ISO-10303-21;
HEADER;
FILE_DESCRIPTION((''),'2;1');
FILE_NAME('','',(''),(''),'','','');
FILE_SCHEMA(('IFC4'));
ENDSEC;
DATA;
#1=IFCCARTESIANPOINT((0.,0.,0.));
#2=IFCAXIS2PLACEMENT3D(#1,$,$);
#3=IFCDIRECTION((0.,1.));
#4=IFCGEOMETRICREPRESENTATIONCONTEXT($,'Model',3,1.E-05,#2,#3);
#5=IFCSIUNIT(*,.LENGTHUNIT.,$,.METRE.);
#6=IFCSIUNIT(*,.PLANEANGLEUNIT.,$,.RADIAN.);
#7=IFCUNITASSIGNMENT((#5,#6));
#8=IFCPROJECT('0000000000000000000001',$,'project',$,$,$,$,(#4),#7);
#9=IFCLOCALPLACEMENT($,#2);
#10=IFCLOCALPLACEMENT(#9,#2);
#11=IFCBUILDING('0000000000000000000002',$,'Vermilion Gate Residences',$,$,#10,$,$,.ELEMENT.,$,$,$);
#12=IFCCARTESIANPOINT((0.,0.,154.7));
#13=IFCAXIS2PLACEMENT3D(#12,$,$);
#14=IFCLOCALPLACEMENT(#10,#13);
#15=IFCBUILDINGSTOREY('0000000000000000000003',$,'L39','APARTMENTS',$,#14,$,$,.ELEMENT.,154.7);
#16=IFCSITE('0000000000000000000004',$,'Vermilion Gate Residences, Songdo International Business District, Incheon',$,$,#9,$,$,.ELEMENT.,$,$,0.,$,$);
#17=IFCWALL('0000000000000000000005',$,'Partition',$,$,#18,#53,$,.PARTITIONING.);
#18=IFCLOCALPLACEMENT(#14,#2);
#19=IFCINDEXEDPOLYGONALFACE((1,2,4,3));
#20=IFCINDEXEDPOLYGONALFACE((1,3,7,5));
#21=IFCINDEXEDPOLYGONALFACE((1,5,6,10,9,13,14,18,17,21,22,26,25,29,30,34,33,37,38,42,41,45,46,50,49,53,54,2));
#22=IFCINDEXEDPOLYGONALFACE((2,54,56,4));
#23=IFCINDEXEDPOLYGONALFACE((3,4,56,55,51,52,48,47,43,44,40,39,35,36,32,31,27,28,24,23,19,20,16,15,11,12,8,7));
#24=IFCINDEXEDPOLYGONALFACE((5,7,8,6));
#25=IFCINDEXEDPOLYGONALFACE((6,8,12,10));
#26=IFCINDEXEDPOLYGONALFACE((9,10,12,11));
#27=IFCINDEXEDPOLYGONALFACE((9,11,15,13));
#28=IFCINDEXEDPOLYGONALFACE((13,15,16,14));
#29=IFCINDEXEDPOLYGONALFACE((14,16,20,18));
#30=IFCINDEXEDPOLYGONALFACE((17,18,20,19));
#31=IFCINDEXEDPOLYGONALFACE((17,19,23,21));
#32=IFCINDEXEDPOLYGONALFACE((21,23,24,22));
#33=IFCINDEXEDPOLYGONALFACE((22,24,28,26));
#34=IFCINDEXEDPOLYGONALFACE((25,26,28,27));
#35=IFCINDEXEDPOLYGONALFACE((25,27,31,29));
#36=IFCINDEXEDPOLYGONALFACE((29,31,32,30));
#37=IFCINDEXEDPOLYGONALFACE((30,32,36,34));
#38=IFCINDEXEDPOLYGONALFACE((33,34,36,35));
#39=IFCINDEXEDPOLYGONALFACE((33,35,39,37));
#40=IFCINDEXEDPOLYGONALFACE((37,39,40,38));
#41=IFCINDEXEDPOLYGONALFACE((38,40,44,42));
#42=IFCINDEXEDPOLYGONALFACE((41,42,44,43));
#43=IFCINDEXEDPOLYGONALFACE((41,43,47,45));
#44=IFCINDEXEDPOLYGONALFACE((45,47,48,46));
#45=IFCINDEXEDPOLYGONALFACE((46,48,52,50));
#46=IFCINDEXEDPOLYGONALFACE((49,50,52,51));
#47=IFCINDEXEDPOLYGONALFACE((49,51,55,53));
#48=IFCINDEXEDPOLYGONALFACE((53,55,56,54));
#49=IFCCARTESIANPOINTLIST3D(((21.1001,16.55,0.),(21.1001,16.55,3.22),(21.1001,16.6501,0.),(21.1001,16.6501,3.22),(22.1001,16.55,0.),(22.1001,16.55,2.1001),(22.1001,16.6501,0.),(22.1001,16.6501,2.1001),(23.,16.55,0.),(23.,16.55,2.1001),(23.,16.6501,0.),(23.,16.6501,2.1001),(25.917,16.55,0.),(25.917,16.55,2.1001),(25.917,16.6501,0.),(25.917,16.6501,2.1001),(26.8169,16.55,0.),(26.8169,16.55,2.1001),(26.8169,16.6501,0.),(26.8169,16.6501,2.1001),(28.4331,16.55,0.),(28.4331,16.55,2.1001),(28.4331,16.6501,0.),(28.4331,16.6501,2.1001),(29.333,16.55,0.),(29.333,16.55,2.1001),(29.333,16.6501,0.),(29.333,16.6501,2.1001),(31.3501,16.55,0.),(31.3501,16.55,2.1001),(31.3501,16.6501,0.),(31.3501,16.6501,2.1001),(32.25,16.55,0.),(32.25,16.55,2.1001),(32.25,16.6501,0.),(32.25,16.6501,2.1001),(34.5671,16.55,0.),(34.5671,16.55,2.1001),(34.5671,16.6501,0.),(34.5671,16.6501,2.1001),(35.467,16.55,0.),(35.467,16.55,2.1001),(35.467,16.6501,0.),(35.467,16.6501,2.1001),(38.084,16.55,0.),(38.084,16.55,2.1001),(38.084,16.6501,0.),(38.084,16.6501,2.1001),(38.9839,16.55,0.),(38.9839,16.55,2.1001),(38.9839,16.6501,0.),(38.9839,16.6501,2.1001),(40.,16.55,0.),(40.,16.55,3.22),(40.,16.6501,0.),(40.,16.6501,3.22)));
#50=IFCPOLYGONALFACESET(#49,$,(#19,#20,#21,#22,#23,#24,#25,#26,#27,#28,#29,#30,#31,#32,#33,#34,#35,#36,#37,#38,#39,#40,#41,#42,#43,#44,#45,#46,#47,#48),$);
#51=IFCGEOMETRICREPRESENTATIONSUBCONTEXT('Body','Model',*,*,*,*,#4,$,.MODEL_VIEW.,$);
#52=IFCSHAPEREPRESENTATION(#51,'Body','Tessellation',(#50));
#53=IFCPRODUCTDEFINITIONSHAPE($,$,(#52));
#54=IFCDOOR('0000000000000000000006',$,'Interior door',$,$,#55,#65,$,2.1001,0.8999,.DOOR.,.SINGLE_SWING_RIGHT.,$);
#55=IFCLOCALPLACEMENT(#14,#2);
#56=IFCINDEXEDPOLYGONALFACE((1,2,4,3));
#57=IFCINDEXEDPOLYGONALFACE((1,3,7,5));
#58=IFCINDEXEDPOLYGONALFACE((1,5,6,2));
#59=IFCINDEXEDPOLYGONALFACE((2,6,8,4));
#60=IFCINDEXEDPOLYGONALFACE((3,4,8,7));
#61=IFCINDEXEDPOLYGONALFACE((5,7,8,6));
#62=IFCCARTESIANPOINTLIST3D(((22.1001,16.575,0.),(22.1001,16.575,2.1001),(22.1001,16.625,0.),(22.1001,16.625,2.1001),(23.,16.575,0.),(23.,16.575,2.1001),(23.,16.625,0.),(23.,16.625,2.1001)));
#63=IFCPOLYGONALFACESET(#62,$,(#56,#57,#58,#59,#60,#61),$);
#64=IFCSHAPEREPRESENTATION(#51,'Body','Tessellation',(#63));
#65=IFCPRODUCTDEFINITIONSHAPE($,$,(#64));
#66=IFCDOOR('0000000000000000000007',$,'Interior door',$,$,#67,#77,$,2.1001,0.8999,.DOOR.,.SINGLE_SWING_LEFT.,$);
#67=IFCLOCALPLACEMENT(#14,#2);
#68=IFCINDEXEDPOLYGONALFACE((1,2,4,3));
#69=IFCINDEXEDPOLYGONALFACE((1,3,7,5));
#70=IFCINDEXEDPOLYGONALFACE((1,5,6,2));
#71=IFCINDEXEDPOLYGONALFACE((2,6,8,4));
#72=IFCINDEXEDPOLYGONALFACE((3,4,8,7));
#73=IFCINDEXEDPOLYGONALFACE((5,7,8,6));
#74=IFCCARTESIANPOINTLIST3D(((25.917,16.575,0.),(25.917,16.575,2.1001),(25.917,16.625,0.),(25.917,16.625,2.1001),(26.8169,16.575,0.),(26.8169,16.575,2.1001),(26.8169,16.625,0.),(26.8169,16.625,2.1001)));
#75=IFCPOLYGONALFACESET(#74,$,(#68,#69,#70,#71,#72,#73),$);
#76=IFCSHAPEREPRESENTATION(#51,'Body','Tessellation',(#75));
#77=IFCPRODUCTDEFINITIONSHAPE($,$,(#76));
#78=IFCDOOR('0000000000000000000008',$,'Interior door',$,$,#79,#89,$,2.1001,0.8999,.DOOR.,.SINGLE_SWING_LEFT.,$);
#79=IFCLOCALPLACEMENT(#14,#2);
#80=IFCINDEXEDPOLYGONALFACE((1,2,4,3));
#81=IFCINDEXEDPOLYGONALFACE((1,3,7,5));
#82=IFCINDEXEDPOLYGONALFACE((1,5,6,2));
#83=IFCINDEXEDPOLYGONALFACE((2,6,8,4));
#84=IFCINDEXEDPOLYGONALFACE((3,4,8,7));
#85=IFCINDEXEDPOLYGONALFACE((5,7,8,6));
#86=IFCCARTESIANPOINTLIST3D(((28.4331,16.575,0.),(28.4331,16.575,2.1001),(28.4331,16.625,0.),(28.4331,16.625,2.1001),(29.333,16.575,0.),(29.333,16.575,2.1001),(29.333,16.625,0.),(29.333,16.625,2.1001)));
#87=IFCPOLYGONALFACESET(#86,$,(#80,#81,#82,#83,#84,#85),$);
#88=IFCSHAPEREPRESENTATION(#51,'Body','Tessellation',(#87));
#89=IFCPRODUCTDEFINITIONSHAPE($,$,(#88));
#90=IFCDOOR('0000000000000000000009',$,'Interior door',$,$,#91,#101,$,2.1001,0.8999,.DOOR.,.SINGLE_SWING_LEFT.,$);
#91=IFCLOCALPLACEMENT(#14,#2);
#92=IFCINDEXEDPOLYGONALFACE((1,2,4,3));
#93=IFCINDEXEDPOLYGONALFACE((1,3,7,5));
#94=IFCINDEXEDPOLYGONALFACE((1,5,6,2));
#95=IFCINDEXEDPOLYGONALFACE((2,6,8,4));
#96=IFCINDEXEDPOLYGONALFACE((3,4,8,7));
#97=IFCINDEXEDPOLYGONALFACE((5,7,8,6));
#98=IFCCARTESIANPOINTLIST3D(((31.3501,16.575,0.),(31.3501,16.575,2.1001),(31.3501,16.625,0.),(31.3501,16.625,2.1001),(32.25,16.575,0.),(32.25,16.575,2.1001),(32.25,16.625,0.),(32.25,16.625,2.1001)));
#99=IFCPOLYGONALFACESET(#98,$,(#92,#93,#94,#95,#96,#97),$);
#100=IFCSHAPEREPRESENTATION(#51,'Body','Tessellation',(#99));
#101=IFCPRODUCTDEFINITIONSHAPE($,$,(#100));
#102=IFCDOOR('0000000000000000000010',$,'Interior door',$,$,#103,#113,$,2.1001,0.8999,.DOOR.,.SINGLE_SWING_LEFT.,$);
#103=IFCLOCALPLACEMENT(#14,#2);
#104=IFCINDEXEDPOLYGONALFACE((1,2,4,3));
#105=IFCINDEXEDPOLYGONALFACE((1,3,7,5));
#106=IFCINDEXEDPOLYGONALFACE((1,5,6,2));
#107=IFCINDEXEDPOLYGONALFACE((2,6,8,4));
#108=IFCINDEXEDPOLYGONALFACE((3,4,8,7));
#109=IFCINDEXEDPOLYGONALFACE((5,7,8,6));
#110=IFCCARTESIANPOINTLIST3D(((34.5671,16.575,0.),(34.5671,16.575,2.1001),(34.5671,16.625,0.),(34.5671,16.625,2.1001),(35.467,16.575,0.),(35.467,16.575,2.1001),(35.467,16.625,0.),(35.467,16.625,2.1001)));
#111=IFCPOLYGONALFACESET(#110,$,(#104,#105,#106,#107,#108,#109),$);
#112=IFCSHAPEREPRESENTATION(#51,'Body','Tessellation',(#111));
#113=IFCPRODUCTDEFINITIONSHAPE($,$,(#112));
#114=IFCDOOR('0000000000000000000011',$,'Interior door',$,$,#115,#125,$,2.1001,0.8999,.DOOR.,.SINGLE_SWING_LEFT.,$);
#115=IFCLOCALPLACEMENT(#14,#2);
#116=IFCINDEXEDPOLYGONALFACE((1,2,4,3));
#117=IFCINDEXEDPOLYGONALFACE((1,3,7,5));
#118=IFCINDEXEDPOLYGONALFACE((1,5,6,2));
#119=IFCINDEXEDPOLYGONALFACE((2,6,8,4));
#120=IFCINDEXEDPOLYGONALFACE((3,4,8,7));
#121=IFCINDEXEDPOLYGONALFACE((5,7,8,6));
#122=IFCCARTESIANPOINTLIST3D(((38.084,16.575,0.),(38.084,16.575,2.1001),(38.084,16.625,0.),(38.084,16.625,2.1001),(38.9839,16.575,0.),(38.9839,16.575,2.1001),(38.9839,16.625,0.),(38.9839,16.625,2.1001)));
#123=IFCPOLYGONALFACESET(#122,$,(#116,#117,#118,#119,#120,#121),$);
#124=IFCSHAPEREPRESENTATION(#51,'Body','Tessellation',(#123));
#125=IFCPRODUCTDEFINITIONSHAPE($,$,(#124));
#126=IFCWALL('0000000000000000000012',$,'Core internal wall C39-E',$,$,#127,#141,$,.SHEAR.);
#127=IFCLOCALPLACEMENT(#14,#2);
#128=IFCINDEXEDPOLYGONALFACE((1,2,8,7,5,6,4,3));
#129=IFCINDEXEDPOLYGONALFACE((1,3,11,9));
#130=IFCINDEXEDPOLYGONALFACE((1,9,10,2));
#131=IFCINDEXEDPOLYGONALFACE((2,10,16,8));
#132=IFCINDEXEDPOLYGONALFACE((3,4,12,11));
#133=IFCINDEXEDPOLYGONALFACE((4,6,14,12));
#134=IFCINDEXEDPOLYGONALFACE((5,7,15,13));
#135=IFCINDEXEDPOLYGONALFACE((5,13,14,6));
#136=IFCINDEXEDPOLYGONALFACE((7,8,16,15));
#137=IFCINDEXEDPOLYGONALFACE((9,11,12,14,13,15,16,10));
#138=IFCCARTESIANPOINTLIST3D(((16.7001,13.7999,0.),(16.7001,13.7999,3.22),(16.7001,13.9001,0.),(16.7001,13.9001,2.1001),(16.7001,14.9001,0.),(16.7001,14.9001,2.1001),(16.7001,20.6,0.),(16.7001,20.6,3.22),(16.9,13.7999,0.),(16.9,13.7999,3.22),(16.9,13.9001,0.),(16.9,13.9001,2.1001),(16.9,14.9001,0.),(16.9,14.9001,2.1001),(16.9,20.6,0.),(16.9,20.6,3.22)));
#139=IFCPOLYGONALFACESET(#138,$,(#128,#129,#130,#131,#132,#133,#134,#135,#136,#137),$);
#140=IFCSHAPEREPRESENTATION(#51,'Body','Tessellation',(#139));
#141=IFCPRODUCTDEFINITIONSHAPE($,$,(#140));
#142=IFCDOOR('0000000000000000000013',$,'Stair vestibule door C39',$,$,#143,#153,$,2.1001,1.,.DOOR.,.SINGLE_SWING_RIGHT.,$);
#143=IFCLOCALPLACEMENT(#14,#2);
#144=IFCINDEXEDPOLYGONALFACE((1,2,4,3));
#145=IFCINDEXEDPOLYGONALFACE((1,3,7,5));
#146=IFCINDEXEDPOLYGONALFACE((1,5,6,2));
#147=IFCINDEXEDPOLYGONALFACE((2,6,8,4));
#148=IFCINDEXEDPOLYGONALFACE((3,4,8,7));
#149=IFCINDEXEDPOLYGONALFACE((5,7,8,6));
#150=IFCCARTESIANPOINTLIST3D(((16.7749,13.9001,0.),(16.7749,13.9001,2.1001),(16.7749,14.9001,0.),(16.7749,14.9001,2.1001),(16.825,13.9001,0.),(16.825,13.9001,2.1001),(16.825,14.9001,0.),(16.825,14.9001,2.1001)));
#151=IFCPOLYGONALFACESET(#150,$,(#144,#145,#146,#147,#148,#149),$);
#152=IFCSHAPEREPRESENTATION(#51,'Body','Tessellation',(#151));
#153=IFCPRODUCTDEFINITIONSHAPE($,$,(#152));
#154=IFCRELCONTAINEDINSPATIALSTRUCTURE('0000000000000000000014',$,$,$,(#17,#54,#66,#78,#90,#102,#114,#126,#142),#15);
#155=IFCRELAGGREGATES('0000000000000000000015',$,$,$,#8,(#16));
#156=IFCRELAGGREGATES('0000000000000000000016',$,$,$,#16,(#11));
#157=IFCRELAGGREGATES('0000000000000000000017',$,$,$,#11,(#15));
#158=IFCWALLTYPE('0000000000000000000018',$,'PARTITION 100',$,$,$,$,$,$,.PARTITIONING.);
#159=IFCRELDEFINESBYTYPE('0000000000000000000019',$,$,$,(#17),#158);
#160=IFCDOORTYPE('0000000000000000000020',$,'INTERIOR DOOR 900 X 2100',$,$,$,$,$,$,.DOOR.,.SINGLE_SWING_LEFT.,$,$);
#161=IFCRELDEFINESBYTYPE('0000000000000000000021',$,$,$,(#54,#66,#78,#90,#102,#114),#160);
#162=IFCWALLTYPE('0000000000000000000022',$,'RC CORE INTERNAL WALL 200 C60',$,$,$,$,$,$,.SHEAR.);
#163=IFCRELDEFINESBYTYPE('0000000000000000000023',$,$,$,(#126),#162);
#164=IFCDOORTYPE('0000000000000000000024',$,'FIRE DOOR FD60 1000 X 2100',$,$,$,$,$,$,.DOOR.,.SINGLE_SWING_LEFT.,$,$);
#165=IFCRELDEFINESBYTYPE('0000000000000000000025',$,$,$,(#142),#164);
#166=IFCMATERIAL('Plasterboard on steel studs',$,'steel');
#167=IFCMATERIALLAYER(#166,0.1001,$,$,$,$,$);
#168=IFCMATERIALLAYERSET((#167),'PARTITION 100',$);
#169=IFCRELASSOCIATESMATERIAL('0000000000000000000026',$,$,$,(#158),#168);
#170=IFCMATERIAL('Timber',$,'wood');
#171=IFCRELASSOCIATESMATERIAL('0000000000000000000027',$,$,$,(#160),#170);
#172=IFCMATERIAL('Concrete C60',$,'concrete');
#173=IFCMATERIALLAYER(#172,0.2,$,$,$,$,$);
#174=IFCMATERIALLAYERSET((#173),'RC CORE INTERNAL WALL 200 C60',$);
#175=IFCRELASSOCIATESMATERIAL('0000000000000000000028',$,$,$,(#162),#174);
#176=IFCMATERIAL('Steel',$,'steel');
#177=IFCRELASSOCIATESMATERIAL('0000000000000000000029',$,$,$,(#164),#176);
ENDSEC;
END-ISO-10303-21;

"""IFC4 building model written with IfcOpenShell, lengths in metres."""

from ifc_helpers import new_model, si_unit, direction, frame, frame_2d, origin, place, context, subcontext, project, spatial, rectangle, extrude, material, layer, layer_set, type_object, element, fill, save


model = new_model("IFC4")

# Units and contexts
model_context = context("Model", 3, precision=1e-05, world=origin(), true_north=direction((0.0, 1.0)))
body_context = subcontext(model_context, "Body", "Model", "MODEL_VIEW")
ifc_project = project(units=[si_unit("LENGTHUNIT", "METRE"), si_unit("PLANEANGLEUNIT", "RADIAN")], contexts=[model_context])

# Site, building, storey
site_placement = place(None, origin())
site = spatial("IfcSite", under=ifc_project, at=site_placement, Name="Vermilion Gate Residences, Songdo International Business District, Incheon", CompositionType="ELEMENT", RefElevation=0.0)
building_placement = place(site_placement, origin())
building = spatial("IfcBuilding", under=site, at=building_placement, Name="Vermilion Gate Residences", CompositionType="ELEMENT")
storey_placement = place(building_placement, frame((0.0, 0.0, 154.7)))
storey = spatial("IfcBuildingStorey", under=building, at=storey_placement, Name="L39", Description="APARTMENTS", CompositionType="ELEMENT", Elevation=154.7)

# Wall, openings, doors
ifc_material_1 = material(Name="Plasterboard on steel studs", Category="steel")
ifc_layer_1 = layer(ifc_material_1, 0.1001)
ifc_layer_set_1 = layer_set([ifc_layer_1], Name="PARTITION 100")
wall_type_1 = type_object("IfcWallType", Name="PARTITION 100", PredefinedType="PARTITIONING", material=ifc_layer_set_1)
ifc_material_2 = material(Name="Timber", Category="wood")
door_type_1 = type_object("IfcDoorType", Name="INTERIOR DOOR 900 X 2100", OperationType="SINGLE_SWING_LEFT", PredefinedType="DOOR", material=ifc_material_2)
wall_1_placement = place(storey_placement, frame((21.1001, 16.6001, 0.0), z_axis=(0.0, 0.0, 1.0), x_axis=(1.0, 0.0, 0.0)))
wall_1 = element("IfcWall", 1, at=wall_1_placement, inside=storey, type_object=wall_type_1, Name="Partition", PredefinedType="PARTITIONING", context=body_context, shape_type="SweptSolid", body=[
    extrude(rectangle(XDim=18.8999, YDim=0.1001, at=frame_2d((9.45, 0.0))), origin(), (0.0, 0.0, 1.0), 3.22),
])
opening_1_placement = place(wall_1_placement, frame((1.0, 0.0, 0.0)))
opening_1 = element("IfcOpeningElement", 2, at=opening_1_placement, cuts=wall_1, PredefinedType="OPENING", context=body_context, shape_type="SweptSolid", body=[
    extrude(rectangle(XDim=0.8999, YDim=2.1001, at=frame_2d((0.45, 1.05))), frame((0.0, 0.0601, 0.0), z_axis=(0.0, -1.0, 0.0), x_axis=(1.0, 0.0, 0.0)), (0.0, 0.0, 1.0), 0.1201),
])
opening_2_placement = place(wall_1_placement, frame((4.8169, 0.0, 0.0)))
opening_2 = element("IfcOpeningElement", 3, at=opening_2_placement, cuts=wall_1, PredefinedType="OPENING", context=body_context, shape_type="SweptSolid", body=[
    extrude(rectangle(XDim=0.8999, YDim=2.1001, at=frame_2d((0.45, 1.05))), frame((0.0, 0.0601, 0.0), z_axis=(0.0, -1.0, 0.0), x_axis=(1.0, 0.0, 0.0)), (0.0, 0.0, 1.0), 0.1201),
])
opening_3_placement = place(wall_1_placement, frame((7.333, 0.0, 0.0)))
opening_3 = element("IfcOpeningElement", 4, at=opening_3_placement, cuts=wall_1, PredefinedType="OPENING", context=body_context, shape_type="SweptSolid", body=[
    extrude(rectangle(XDim=0.8999, YDim=2.1001, at=frame_2d((0.45, 1.05))), frame((0.0, 0.0601, 0.0), z_axis=(0.0, -1.0, 0.0), x_axis=(1.0, 0.0, 0.0)), (0.0, 0.0, 1.0), 0.1201),
])
opening_4_placement = place(wall_1_placement, frame((10.25, 0.0, 0.0)))
opening_4 = element("IfcOpeningElement", 5, at=opening_4_placement, cuts=wall_1, PredefinedType="OPENING", context=body_context, shape_type="SweptSolid", body=[
    extrude(rectangle(XDim=0.8999, YDim=2.1001, at=frame_2d((0.45, 1.05))), frame((0.0, 0.0601, 0.0), z_axis=(0.0, -1.0, 0.0), x_axis=(1.0, 0.0, 0.0)), (0.0, 0.0, 1.0), 0.1201),
])
opening_5_placement = place(wall_1_placement, frame((13.467, 0.0, 0.0)))
opening_5 = element("IfcOpeningElement", 6, at=opening_5_placement, cuts=wall_1, PredefinedType="OPENING", context=body_context, shape_type="SweptSolid", body=[
    extrude(rectangle(XDim=0.8999, YDim=2.1001, at=frame_2d((0.45, 1.05))), frame((0.0, 0.0601, 0.0), z_axis=(0.0, -1.0, 0.0), x_axis=(1.0, 0.0, 0.0)), (0.0, 0.0, 1.0), 0.1201),
])
opening_6_placement = place(wall_1_placement, frame((16.9839, 0.0, 0.0)))
opening_6 = element("IfcOpeningElement", 7, at=opening_6_placement, cuts=wall_1, PredefinedType="OPENING", context=body_context, shape_type="SweptSolid", body=[
    extrude(rectangle(XDim=0.8999, YDim=2.1001, at=frame_2d((0.45, 1.05))), frame((0.0, 0.0601, 0.0), z_axis=(0.0, -1.0, 0.0), x_axis=(1.0, 0.0, 0.0)), (0.0, 0.0, 1.0), 0.1201),
])
door_1_placement = place(opening_1_placement, origin())
door_1 = element("IfcDoor", 8, at=door_1_placement, inside=storey, type_object=door_type_1, Name="Interior door", OperationType="SINGLE_SWING_RIGHT", OverallHeight=2.1001, OverallWidth=0.8999, PredefinedType="DOOR", context=body_context, shape_type="SweptSolid", body=[
    extrude(rectangle(XDim=0.8999, YDim=2.1001, at=frame_2d((0.45, 1.05))), frame((0.0, 0.0249, 0.0), z_axis=(0.0, -1.0, 0.0), x_axis=(1.0, 0.0, 0.0)), (0.0, 0.0, 1.0), 0.05),
])
fill(opening_1, door_1)
door_2_placement = place(opening_2_placement, origin())
door_2 = element("IfcDoor", 9, at=door_2_placement, inside=storey, type_object=door_type_1, Name="Interior door", OperationType="SINGLE_SWING_LEFT", OverallHeight=2.1001, OverallWidth=0.8999, PredefinedType="DOOR", context=body_context, shape_type="SweptSolid", body=[
    extrude(rectangle(XDim=0.8999, YDim=2.1001, at=frame_2d((0.45, 1.05))), frame((0.0, 0.0249, 0.0), z_axis=(0.0, -1.0, 0.0), x_axis=(1.0, 0.0, 0.0)), (0.0, 0.0, 1.0), 0.05),
])
fill(opening_2, door_2)
door_3_placement = place(opening_3_placement, origin())
door_3 = element("IfcDoor", 10, at=door_3_placement, inside=storey, type_object=door_type_1, Name="Interior door", OperationType="SINGLE_SWING_LEFT", OverallHeight=2.1001, OverallWidth=0.8999, PredefinedType="DOOR", context=body_context, shape_type="SweptSolid", body=[
    extrude(rectangle(XDim=0.8999, YDim=2.1001, at=frame_2d((0.45, 1.05))), frame((0.0, 0.0249, 0.0), z_axis=(0.0, -1.0, 0.0), x_axis=(1.0, 0.0, 0.0)), (0.0, 0.0, 1.0), 0.05),
])
fill(opening_3, door_3)
door_4_placement = place(opening_4_placement, origin())
door_4 = element("IfcDoor", 11, at=door_4_placement, inside=storey, type_object=door_type_1, Name="Interior door", OperationType="SINGLE_SWING_LEFT", OverallHeight=2.1001, OverallWidth=0.8999, PredefinedType="DOOR", context=body_context, shape_type="SweptSolid", body=[
    extrude(rectangle(XDim=0.8999, YDim=2.1001, at=frame_2d((0.45, 1.05))), frame((0.0, 0.0249, 0.0), z_axis=(0.0, -1.0, 0.0), x_axis=(1.0, 0.0, 0.0)), (0.0, 0.0, 1.0), 0.05),
])
fill(opening_4, door_4)
door_5_placement = place(opening_5_placement, origin())
door_5 = element("IfcDoor", 12, at=door_5_placement, inside=storey, type_object=door_type_1, Name="Interior door", OperationType="SINGLE_SWING_LEFT", OverallHeight=2.1001, OverallWidth=0.8999, PredefinedType="DOOR", context=body_context, shape_type="SweptSolid", body=[
    extrude(rectangle(XDim=0.8999, YDim=2.1001, at=frame_2d((0.45, 1.05))), frame((0.0, 0.0249, 0.0), z_axis=(0.0, -1.0, 0.0), x_axis=(1.0, 0.0, 0.0)), (0.0, 0.0, 1.0), 0.05),
])
fill(opening_5, door_5)
door_6_placement = place(opening_6_placement, origin())
door_6 = element("IfcDoor", 13, at=door_6_placement, inside=storey, type_object=door_type_1, Name="Interior door", OperationType="SINGLE_SWING_LEFT", OverallHeight=2.1001, OverallWidth=0.8999, PredefinedType="DOOR", context=body_context, shape_type="SweptSolid", body=[
    extrude(rectangle(XDim=0.8999, YDim=2.1001, at=frame_2d((0.45, 1.05))), frame((0.0, 0.0249, 0.0), z_axis=(0.0, -1.0, 0.0), x_axis=(1.0, 0.0, 0.0)), (0.0, 0.0, 1.0), 0.05),
])
fill(opening_6, door_6)

# Wall, opening, door
ifc_material_3 = material(Name="Concrete C60", Category="concrete")
ifc_layer_2 = layer(ifc_material_3, 0.2)
ifc_layer_set_2 = layer_set([ifc_layer_2], Name="RC CORE INTERNAL WALL 200 C60")
wall_type_2 = type_object("IfcWallType", Name="RC CORE INTERNAL WALL 200 C60", PredefinedType="SHEAR", material=ifc_layer_set_2)
wall_2_placement = place(storey_placement, frame((16.8, 13.8, 0.0), z_axis=(0.0, 0.0, 1.0), x_axis=(0.0, 1.0, 0.0)))
wall_2 = element("IfcWall", 14, at=wall_2_placement, inside=storey, type_object=wall_type_2, Name="Core internal wall C39-E", PredefinedType="SHEAR", context=body_context, shape_type="SweptSolid", body=[
    extrude(rectangle(XDim=6.8, YDim=0.2, at=frame_2d((3.3999, 0.0))), origin(), (0.0, 0.0, 1.0), 3.22),
])
opening_7_placement = place(wall_2_placement, frame((0.1001, 0.0, 0.0)))
opening_7 = element("IfcOpeningElement", 15, at=opening_7_placement, cuts=wall_2, PredefinedType="OPENING", context=body_context, shape_type="SweptSolid", body=[
    extrude(rectangle(XDim=1.0, YDim=2.1001, at=frame_2d((0.5, 1.05))), frame((0.0, 0.1099, 0.0), z_axis=(0.0, -1.0, 0.0), x_axis=(1.0, 0.0, 0.0)), (0.0, 0.0, 1.0), 0.22),
])
ifc_material_4 = material(Name="Steel", Category="steel")
door_type_2 = type_object("IfcDoorType", Name="FIRE DOOR FD60 1000 X 2100", OperationType="SINGLE_SWING_LEFT", PredefinedType="DOOR", material=ifc_material_4)
door_7_placement = place(opening_7_placement, frame((1.0, 0.0, 0.0), z_axis=(0.0, 0.0, 1.0), x_axis=(-1.0, 0.0, 0.0)))
door_7 = element("IfcDoor", 16, at=door_7_placement, inside=storey, type_object=door_type_2, Name="Stair vestibule door C39", OperationType="SINGLE_SWING_RIGHT", OverallHeight=2.1001, OverallWidth=1.0, PredefinedType="DOOR", context=body_context, shape_type="SweptSolid", body=[
    extrude(rectangle(XDim=1.0, YDim=2.1001, at=frame_2d((0.5, 1.05))), frame((0.0, 0.0249, 0.0), z_axis=(0.0, -1.0, 0.0), x_axis=(1.0, 0.0, 0.0)), (0.0, 0.0, 1.0), 0.05),
])
fill(opening_7, door_7)

save(model, "model.ifc")
